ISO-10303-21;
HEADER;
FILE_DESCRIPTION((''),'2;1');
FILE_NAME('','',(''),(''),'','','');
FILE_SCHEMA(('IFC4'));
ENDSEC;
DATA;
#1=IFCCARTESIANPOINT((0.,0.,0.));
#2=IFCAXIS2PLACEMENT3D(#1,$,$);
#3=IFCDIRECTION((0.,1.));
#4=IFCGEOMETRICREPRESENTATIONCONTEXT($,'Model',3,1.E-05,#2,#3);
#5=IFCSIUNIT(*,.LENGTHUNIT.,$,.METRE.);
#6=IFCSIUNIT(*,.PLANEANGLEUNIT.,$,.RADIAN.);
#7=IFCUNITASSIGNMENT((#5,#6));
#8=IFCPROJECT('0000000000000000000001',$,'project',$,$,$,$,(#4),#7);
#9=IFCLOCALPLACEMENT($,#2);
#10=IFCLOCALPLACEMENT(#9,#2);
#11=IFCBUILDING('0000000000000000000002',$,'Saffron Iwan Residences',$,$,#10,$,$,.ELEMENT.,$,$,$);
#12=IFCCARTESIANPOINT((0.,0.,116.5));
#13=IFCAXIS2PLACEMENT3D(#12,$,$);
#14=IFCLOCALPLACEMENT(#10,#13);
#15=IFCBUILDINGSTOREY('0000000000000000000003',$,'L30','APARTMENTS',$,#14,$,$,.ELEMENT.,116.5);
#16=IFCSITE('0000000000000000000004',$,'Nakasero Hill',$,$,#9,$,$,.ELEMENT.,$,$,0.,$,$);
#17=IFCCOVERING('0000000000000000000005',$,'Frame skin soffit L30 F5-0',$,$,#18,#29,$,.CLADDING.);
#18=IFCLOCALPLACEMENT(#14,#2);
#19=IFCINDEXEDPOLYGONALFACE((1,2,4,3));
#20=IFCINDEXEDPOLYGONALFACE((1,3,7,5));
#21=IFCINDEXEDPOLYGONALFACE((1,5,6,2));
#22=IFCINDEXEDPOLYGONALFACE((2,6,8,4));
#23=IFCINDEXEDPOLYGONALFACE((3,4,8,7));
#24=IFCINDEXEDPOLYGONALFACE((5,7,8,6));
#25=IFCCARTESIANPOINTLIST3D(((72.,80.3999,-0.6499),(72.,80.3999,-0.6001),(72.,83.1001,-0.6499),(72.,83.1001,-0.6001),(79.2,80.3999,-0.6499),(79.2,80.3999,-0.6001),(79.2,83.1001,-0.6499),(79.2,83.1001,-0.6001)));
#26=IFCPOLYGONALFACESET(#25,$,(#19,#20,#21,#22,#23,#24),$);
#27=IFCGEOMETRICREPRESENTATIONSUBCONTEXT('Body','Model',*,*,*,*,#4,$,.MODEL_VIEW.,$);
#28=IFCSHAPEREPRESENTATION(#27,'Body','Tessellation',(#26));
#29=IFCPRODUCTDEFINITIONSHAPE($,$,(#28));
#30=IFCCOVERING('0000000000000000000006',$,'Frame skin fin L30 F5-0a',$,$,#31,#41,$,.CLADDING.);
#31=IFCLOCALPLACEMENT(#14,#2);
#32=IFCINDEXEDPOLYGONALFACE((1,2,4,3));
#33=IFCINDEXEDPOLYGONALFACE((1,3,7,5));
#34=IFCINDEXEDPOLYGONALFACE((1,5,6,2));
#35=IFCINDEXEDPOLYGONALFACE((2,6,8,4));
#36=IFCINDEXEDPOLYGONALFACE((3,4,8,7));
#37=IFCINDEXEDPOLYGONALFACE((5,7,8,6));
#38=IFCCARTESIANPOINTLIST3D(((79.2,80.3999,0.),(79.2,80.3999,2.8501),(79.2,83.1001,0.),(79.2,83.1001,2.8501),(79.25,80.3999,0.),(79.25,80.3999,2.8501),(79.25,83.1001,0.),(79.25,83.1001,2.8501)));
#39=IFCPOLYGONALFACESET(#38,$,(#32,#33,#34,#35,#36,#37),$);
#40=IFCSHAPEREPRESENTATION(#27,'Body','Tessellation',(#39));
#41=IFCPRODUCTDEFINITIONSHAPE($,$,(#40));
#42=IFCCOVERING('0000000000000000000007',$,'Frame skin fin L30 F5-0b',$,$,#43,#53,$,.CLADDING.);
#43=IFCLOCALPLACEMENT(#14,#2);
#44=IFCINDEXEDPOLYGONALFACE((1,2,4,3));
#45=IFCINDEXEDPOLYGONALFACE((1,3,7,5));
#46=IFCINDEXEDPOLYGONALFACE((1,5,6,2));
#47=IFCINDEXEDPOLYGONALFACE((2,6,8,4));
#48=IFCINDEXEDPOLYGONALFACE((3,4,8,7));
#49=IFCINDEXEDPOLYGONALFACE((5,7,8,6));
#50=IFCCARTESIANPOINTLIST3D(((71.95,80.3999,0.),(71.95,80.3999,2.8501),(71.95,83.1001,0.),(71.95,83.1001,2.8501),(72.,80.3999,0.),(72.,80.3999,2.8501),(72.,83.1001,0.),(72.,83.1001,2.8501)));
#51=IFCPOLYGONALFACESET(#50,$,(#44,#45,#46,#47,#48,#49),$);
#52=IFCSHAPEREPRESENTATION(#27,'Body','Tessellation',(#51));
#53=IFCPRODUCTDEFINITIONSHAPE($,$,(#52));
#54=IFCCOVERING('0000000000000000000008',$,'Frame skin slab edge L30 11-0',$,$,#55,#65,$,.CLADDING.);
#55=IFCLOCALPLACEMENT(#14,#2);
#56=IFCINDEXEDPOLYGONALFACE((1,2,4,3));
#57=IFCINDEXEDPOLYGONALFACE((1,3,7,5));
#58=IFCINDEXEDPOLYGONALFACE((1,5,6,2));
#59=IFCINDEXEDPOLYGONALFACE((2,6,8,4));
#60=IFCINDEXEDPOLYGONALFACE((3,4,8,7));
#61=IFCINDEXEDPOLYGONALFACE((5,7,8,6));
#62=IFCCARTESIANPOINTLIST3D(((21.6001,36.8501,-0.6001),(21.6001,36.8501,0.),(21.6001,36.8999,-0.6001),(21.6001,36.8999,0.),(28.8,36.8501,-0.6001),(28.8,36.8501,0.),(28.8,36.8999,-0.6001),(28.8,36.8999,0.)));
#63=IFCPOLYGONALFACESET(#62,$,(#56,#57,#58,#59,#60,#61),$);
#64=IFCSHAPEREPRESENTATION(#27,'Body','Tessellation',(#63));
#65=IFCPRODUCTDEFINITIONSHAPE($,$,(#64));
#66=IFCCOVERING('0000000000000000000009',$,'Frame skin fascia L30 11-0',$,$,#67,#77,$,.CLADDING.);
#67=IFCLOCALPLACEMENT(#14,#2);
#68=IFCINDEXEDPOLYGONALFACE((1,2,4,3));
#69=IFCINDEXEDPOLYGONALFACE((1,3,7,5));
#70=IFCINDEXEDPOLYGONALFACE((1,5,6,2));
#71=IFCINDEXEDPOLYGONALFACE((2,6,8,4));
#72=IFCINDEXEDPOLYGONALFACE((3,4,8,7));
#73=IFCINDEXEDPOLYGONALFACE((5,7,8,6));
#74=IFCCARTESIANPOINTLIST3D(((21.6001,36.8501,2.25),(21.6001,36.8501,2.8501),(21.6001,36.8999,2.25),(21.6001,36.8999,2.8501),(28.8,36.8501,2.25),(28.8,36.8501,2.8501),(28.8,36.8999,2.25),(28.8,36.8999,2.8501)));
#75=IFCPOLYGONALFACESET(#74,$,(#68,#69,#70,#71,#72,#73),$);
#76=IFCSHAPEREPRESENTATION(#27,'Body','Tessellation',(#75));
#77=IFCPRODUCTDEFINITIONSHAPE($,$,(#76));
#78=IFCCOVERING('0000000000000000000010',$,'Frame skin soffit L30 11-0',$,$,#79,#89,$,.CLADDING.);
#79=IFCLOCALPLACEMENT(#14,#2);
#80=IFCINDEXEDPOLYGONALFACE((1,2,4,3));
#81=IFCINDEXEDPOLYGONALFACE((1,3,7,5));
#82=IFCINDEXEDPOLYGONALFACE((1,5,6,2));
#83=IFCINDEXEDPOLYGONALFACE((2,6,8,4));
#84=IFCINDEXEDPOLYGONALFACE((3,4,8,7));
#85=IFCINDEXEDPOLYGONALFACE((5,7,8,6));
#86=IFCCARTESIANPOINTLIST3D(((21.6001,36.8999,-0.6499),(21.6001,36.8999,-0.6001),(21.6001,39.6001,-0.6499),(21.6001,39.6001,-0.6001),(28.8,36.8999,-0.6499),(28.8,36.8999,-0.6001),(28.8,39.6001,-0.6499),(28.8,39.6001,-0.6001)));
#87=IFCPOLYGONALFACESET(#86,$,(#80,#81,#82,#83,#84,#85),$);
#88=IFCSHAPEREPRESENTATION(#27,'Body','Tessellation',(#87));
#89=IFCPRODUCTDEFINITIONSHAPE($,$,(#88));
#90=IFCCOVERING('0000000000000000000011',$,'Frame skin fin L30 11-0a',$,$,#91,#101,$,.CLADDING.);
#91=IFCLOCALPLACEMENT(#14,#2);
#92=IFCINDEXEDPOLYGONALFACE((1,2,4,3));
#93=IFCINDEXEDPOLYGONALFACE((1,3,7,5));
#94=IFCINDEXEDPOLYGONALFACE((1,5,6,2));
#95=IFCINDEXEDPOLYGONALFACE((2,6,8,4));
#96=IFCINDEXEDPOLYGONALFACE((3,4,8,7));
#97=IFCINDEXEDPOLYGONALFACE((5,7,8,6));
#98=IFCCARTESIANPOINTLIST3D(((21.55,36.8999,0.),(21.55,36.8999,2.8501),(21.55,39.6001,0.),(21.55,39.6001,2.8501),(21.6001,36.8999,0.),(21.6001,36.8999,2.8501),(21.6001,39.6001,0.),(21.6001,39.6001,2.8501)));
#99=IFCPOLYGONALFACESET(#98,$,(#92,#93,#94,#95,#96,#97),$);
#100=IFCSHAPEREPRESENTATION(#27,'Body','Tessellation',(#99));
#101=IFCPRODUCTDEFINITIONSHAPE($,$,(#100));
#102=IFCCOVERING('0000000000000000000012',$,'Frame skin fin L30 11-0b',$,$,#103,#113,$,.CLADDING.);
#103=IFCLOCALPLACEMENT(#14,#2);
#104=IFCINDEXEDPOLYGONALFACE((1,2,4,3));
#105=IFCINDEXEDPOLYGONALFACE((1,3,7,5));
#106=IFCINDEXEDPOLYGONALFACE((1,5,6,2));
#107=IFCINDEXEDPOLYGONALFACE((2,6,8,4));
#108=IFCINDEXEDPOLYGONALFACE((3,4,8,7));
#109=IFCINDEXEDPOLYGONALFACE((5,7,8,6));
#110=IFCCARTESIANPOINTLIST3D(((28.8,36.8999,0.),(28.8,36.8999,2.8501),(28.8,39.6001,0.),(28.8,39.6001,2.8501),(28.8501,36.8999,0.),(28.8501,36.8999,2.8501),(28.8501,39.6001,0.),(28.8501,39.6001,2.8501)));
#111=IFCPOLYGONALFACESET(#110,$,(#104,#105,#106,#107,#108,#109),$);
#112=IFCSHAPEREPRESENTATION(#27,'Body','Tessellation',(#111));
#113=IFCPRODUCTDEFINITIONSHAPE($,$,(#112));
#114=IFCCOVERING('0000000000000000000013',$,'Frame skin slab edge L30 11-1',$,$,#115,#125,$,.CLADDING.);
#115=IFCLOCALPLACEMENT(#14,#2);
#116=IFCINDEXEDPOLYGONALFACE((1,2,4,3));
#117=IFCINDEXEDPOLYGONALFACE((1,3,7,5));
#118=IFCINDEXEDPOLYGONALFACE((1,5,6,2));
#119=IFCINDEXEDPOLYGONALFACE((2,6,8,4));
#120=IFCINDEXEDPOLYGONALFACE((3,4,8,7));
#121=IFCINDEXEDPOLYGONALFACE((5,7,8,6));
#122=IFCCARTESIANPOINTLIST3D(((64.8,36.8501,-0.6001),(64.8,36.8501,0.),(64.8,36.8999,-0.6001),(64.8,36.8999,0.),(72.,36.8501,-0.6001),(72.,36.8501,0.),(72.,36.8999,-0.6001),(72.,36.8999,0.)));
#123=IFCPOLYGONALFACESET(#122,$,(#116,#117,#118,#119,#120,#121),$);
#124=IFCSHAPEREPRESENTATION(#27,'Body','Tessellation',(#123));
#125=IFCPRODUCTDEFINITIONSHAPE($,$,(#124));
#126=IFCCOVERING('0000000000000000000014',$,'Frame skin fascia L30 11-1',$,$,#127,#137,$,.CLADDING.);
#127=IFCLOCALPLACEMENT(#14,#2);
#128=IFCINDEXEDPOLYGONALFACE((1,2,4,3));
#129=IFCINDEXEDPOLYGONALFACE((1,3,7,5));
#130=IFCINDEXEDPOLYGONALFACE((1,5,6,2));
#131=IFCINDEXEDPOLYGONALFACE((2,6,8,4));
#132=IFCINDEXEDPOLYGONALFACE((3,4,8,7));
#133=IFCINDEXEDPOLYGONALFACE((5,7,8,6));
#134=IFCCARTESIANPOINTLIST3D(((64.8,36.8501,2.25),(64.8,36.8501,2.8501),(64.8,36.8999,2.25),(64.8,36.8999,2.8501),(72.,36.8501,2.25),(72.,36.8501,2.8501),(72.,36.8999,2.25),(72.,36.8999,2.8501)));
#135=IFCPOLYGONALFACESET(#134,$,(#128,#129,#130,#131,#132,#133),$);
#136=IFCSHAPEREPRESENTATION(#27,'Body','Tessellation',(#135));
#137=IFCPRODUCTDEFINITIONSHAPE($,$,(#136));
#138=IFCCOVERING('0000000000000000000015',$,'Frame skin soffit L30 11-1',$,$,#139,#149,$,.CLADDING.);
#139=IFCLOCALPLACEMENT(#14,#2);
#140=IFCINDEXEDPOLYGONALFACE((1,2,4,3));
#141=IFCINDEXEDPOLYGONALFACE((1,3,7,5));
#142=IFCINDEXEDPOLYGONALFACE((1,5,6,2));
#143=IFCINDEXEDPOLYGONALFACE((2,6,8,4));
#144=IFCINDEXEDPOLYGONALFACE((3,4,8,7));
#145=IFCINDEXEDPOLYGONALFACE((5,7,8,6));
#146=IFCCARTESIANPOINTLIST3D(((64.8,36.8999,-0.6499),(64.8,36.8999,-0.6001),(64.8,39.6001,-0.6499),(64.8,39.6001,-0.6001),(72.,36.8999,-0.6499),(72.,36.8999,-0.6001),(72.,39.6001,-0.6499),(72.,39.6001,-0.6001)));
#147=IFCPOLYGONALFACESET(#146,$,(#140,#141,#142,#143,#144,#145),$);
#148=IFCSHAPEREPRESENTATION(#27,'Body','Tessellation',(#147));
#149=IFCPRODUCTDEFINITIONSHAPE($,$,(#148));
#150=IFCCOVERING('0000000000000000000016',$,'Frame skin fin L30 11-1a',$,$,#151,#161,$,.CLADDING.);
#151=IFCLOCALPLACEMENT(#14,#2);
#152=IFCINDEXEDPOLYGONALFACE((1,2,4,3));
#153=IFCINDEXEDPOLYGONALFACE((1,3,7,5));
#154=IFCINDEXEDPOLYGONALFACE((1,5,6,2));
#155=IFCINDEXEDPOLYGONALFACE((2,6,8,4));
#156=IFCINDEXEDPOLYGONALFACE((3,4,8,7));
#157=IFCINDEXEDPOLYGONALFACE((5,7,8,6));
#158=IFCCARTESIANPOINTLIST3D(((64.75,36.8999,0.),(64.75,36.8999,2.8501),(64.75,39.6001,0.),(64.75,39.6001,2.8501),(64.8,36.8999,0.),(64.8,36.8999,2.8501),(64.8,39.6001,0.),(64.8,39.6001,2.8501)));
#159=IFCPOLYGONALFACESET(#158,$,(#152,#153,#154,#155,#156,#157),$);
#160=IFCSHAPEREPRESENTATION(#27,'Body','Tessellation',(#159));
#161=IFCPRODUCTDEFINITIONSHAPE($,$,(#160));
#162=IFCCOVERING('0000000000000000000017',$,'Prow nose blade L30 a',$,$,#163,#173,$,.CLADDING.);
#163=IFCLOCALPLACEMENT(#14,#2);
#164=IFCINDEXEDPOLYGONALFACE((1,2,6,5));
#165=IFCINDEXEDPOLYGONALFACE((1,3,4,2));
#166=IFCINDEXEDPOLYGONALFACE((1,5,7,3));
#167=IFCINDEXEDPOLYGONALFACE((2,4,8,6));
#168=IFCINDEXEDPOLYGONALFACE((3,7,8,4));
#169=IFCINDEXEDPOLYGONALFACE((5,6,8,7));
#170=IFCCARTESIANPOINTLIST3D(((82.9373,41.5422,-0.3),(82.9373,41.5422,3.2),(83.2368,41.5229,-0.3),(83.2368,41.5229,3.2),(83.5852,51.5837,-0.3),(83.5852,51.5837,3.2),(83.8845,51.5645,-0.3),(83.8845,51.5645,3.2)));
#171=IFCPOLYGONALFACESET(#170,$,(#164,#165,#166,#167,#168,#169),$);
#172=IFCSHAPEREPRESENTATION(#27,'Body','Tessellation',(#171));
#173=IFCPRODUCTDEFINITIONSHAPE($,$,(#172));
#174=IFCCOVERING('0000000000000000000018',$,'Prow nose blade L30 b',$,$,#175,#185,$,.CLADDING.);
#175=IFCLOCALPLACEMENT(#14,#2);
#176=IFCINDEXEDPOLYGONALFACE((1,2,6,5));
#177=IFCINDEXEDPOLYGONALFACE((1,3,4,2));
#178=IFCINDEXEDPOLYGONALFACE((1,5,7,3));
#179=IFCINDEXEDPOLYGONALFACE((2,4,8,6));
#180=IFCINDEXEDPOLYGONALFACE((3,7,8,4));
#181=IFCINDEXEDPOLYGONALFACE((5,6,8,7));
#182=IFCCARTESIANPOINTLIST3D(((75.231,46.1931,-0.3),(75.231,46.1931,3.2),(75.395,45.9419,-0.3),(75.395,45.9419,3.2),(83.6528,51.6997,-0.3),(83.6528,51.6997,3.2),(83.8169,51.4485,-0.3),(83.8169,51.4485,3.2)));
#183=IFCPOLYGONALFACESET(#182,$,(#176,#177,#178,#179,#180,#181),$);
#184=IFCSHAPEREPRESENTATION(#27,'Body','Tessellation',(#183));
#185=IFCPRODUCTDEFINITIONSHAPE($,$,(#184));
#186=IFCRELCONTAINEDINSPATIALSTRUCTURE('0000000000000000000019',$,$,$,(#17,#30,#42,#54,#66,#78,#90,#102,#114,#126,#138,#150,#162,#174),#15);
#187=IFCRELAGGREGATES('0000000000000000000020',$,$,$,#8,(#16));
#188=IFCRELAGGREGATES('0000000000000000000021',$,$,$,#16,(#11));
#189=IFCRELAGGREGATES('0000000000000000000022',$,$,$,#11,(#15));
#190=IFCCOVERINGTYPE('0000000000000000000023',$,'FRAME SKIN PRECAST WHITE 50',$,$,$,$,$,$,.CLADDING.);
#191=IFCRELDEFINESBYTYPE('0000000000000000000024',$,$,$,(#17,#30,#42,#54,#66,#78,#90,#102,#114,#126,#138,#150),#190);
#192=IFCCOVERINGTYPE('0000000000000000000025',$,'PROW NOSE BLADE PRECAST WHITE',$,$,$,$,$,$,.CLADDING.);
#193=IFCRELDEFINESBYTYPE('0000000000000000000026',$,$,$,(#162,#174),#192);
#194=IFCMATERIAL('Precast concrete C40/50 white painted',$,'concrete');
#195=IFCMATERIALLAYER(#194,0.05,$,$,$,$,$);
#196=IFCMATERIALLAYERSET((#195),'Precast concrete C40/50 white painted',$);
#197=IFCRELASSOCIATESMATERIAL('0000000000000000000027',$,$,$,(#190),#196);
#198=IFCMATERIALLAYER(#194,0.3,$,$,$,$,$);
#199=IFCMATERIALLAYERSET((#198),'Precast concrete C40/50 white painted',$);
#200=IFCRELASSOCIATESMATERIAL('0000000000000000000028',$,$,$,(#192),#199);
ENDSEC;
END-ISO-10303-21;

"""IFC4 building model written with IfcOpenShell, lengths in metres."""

from ifc_helpers import new_model, si_unit, direction, frame, origin, place, context, subcontext, project, spatial, polyline, outline, extrude, material, layer, layer_set, type_object, element, save


model = new_model("IFC4")

# Units and contexts
model_context = context("Model", 3, precision=1e-05, world=origin(), true_north=direction((0.0, 1.0)))
body_context = subcontext(model_context, "Body", "Model", "MODEL_VIEW")
ifc_project = project(units=[si_unit("LENGTHUNIT", "METRE"), si_unit("PLANEANGLEUNIT", "RADIAN")], contexts=[model_context])

# Site, building, storey
site_placement = place(None, origin())
site = spatial("IfcSite", under=ifc_project, at=site_placement, Name="Nakasero Hill", CompositionType="ELEMENT", RefElevation=0.0)
building_placement = place(site_placement, origin())
building = spatial("IfcBuilding", under=site, at=building_placement, Name="Saffron Iwan Residences", CompositionType="ELEMENT")
storey_placement = place(building_placement, frame((0.0, 0.0, 116.5)))
storey = spatial("IfcBuildingStorey", under=building, at=storey_placement, Name="L30", Description="APARTMENTS", CompositionType="ELEMENT", Elevation=116.5)

# Coverings
ifc_material_1 = material(Name="Precast concrete C40/50 white painted", Category="concrete")
ifc_layer_1 = layer(ifc_material_1, 0.05)
ifc_layer_set_1 = layer_set([ifc_layer_1], Name="Precast concrete C40/50 white painted")
covering_type_1 = type_object("IfcCoveringType", Name="FRAME SKIN PRECAST WHITE 50", PredefinedType="CLADDING", material=ifc_layer_set_1)
covering_1_placement = place(storey_placement, frame((0.0, 0.0, -0.6499)))
element("IfcCovering", 1, at=covering_1_placement, inside=storey, type_object=covering_type_1, Name="Frame skin soffit L30 F5-0", PredefinedType="CLADDING", context=body_context, shape_type="SweptSolid", body=[
    extrude(outline(polyline([(79.2, 83.1001), (72.0, 83.1001), (72.0, 80.3999), (79.2, 80.3999), (79.2, 83.1001)])), origin(), (0.0, 0.0, 1.0), 0.0498),
])
covering_2_placement = place(storey_placement, origin())
element("IfcCovering", 2, at=covering_2_placement, inside=storey, type_object=covering_type_1, Name="Frame skin fin L30 F5-0a", PredefinedType="CLADDING", context=body_context, shape_type="SweptSolid", body=[
    extrude(outline(polyline([(79.25, 83.1001), (79.2, 83.1001), (79.2, 80.3999), (79.25, 80.3999), (79.25, 83.1001)])), origin(), (0.0, 0.0, 1.0), 2.8501),
])
covering_3_placement = place(storey_placement, origin())
element("IfcCovering", 3, at=covering_3_placement, inside=storey, type_object=covering_type_1, Name="Frame skin fin L30 F5-0b", PredefinedType="CLADDING", context=body_context, shape_type="SweptSolid", body=[
    extrude(outline(polyline([(72.0, 83.1001), (71.95, 83.1001), (71.95, 80.3999), (72.0, 80.3999), (72.0, 83.1001)])), origin(), (0.0, 0.0, 1.0), 2.8501),
])
for number, where, name in (
    (4, (0.0, 0.0, -0.6001), "Frame skin slab edge L30 11-0"),
    (5, (0.0, 0.0, 2.25), "Frame skin fascia L30 11-0"),
):
    element("IfcCovering", number, at=place(storey_placement, frame(where)), inside=storey, type_object=covering_type_1, Name=name, PredefinedType="CLADDING", context=body_context, shape_type="SweptSolid", body=[
        extrude(outline(polyline([(21.6001, 36.8501), (28.8, 36.8501), (28.8, 36.8999), (21.6001, 36.8999), (21.6001, 36.8501)])), origin(), (0.0, 0.0, 1.0), 0.6001),
    ])
covering_4_placement = place(storey_placement, frame((0.0, 0.0, -0.6499)))
element("IfcCovering", 6, at=covering_4_placement, inside=storey, type_object=covering_type_1, Name="Frame skin soffit L30 11-0", PredefinedType="CLADDING", context=body_context, shape_type="SweptSolid", body=[
    extrude(outline(polyline([(21.6001, 36.8999), (28.8, 36.8999), (28.8, 39.6001), (21.6001, 39.6001), (21.6001, 36.8999)])), origin(), (0.0, 0.0, 1.0), 0.0498),
])
covering_5_placement = place(storey_placement, origin())
element("IfcCovering", 7, at=covering_5_placement, inside=storey, type_object=covering_type_1, Name="Frame skin fin L30 11-0a", PredefinedType="CLADDING", context=body_context, shape_type="SweptSolid", body=[
    extrude(outline(polyline([(21.55, 36.8999), (21.6001, 36.8999), (21.6001, 39.6001), (21.55, 39.6001), (21.55, 36.8999)])), origin(), (0.0, 0.0, 1.0), 2.8501),
])
covering_6_placement = place(storey_placement, origin())
element("IfcCovering", 8, at=covering_6_placement, inside=storey, type_object=covering_type_1, Name="Frame skin fin L30 11-0b", PredefinedType="CLADDING", context=body_context, shape_type="SweptSolid", body=[
    extrude(outline(polyline([(28.8, 36.8999), (28.8501, 36.8999), (28.8501, 39.6001), (28.8, 39.6001), (28.8, 36.8999)])), origin(), (0.0, 0.0, 1.0), 2.8501),
])
for number, where, name in (
    (9, (0.0, 0.0, -0.6001), "Frame skin slab edge L30 11-1"),
    (10, (0.0, 0.0, 2.25), "Frame skin fascia L30 11-1"),
):
    element("IfcCovering", number, at=place(storey_placement, frame(where)), inside=storey, type_object=covering_type_1, Name=name, PredefinedType="CLADDING", context=body_context, shape_type="SweptSolid", body=[
        extrude(outline(polyline([(64.8, 36.8501), (72.0, 36.8501), (72.0, 36.8999), (64.8, 36.8999), (64.8, 36.8501)])), origin(), (0.0, 0.0, 1.0), 0.6001),
    ])
covering_7_placement = place(storey_placement, frame((0.0, 0.0, -0.6499)))
element("IfcCovering", 11, at=covering_7_placement, inside=storey, type_object=covering_type_1, Name="Frame skin soffit L30 11-1", PredefinedType="CLADDING", context=body_context, shape_type="SweptSolid", body=[
    extrude(outline(polyline([(64.8, 36.8999), (72.0, 36.8999), (72.0, 39.6001), (64.8, 39.6001), (64.8, 36.8999)])), origin(), (0.0, 0.0, 1.0), 0.0498),
])
covering_8_placement = place(storey_placement, origin())
element("IfcCovering", 12, at=covering_8_placement, inside=storey, type_object=covering_type_1, Name="Frame skin fin L30 11-1a", PredefinedType="CLADDING", context=body_context, shape_type="SweptSolid", body=[
    extrude(outline(polyline([(64.75, 36.8999), (64.8, 36.8999), (64.8, 39.6001), (64.75, 39.6001), (64.75, 36.8999)])), origin(), (0.0, 0.0, 1.0), 2.8501),
])
ifc_layer_2 = layer(ifc_material_1, 0.3)
ifc_layer_set_2 = layer_set([ifc_layer_2], Name="Precast concrete C40/50 white painted")
covering_type_2 = type_object("IfcCoveringType", Name="PROW NOSE BLADE PRECAST WHITE", PredefinedType="CLADDING", material=ifc_layer_set_2)
covering_9_placement = place(storey_placement, frame((0.0, 0.0, -0.3)))
element("IfcCovering", 13, at=covering_9_placement, inside=storey, type_object=covering_type_2, Name="Prow nose blade L30 a", PredefinedType="CLADDING", context=body_context, shape_type="SweptSolid", body=[
    extrude(outline(polyline([(83.2368, 41.5229), (83.8845, 51.5645), (83.5852, 51.5837), (82.9373, 41.5422), (83.2368, 41.5229)])), origin(), (0.0, 0.0, 1.0), 3.5),
])
covering_10_placement = place(storey_placement, frame((0.0, 0.0, -0.3)))
element("IfcCovering", 14, at=covering_10_placement, inside=storey, type_object=covering_type_2, Name="Prow nose blade L30 b", PredefinedType="CLADDING", context=body_context, shape_type="SweptSolid", body=[
    extrude(outline(polyline([(75.395, 45.9419), (83.8169, 51.4485), (83.6528, 51.6997), (75.231, 46.1931), (75.395, 45.9419)])), origin(), (0.0, 0.0, 1.0), 3.5),
])

save(model, "model.ifc")
